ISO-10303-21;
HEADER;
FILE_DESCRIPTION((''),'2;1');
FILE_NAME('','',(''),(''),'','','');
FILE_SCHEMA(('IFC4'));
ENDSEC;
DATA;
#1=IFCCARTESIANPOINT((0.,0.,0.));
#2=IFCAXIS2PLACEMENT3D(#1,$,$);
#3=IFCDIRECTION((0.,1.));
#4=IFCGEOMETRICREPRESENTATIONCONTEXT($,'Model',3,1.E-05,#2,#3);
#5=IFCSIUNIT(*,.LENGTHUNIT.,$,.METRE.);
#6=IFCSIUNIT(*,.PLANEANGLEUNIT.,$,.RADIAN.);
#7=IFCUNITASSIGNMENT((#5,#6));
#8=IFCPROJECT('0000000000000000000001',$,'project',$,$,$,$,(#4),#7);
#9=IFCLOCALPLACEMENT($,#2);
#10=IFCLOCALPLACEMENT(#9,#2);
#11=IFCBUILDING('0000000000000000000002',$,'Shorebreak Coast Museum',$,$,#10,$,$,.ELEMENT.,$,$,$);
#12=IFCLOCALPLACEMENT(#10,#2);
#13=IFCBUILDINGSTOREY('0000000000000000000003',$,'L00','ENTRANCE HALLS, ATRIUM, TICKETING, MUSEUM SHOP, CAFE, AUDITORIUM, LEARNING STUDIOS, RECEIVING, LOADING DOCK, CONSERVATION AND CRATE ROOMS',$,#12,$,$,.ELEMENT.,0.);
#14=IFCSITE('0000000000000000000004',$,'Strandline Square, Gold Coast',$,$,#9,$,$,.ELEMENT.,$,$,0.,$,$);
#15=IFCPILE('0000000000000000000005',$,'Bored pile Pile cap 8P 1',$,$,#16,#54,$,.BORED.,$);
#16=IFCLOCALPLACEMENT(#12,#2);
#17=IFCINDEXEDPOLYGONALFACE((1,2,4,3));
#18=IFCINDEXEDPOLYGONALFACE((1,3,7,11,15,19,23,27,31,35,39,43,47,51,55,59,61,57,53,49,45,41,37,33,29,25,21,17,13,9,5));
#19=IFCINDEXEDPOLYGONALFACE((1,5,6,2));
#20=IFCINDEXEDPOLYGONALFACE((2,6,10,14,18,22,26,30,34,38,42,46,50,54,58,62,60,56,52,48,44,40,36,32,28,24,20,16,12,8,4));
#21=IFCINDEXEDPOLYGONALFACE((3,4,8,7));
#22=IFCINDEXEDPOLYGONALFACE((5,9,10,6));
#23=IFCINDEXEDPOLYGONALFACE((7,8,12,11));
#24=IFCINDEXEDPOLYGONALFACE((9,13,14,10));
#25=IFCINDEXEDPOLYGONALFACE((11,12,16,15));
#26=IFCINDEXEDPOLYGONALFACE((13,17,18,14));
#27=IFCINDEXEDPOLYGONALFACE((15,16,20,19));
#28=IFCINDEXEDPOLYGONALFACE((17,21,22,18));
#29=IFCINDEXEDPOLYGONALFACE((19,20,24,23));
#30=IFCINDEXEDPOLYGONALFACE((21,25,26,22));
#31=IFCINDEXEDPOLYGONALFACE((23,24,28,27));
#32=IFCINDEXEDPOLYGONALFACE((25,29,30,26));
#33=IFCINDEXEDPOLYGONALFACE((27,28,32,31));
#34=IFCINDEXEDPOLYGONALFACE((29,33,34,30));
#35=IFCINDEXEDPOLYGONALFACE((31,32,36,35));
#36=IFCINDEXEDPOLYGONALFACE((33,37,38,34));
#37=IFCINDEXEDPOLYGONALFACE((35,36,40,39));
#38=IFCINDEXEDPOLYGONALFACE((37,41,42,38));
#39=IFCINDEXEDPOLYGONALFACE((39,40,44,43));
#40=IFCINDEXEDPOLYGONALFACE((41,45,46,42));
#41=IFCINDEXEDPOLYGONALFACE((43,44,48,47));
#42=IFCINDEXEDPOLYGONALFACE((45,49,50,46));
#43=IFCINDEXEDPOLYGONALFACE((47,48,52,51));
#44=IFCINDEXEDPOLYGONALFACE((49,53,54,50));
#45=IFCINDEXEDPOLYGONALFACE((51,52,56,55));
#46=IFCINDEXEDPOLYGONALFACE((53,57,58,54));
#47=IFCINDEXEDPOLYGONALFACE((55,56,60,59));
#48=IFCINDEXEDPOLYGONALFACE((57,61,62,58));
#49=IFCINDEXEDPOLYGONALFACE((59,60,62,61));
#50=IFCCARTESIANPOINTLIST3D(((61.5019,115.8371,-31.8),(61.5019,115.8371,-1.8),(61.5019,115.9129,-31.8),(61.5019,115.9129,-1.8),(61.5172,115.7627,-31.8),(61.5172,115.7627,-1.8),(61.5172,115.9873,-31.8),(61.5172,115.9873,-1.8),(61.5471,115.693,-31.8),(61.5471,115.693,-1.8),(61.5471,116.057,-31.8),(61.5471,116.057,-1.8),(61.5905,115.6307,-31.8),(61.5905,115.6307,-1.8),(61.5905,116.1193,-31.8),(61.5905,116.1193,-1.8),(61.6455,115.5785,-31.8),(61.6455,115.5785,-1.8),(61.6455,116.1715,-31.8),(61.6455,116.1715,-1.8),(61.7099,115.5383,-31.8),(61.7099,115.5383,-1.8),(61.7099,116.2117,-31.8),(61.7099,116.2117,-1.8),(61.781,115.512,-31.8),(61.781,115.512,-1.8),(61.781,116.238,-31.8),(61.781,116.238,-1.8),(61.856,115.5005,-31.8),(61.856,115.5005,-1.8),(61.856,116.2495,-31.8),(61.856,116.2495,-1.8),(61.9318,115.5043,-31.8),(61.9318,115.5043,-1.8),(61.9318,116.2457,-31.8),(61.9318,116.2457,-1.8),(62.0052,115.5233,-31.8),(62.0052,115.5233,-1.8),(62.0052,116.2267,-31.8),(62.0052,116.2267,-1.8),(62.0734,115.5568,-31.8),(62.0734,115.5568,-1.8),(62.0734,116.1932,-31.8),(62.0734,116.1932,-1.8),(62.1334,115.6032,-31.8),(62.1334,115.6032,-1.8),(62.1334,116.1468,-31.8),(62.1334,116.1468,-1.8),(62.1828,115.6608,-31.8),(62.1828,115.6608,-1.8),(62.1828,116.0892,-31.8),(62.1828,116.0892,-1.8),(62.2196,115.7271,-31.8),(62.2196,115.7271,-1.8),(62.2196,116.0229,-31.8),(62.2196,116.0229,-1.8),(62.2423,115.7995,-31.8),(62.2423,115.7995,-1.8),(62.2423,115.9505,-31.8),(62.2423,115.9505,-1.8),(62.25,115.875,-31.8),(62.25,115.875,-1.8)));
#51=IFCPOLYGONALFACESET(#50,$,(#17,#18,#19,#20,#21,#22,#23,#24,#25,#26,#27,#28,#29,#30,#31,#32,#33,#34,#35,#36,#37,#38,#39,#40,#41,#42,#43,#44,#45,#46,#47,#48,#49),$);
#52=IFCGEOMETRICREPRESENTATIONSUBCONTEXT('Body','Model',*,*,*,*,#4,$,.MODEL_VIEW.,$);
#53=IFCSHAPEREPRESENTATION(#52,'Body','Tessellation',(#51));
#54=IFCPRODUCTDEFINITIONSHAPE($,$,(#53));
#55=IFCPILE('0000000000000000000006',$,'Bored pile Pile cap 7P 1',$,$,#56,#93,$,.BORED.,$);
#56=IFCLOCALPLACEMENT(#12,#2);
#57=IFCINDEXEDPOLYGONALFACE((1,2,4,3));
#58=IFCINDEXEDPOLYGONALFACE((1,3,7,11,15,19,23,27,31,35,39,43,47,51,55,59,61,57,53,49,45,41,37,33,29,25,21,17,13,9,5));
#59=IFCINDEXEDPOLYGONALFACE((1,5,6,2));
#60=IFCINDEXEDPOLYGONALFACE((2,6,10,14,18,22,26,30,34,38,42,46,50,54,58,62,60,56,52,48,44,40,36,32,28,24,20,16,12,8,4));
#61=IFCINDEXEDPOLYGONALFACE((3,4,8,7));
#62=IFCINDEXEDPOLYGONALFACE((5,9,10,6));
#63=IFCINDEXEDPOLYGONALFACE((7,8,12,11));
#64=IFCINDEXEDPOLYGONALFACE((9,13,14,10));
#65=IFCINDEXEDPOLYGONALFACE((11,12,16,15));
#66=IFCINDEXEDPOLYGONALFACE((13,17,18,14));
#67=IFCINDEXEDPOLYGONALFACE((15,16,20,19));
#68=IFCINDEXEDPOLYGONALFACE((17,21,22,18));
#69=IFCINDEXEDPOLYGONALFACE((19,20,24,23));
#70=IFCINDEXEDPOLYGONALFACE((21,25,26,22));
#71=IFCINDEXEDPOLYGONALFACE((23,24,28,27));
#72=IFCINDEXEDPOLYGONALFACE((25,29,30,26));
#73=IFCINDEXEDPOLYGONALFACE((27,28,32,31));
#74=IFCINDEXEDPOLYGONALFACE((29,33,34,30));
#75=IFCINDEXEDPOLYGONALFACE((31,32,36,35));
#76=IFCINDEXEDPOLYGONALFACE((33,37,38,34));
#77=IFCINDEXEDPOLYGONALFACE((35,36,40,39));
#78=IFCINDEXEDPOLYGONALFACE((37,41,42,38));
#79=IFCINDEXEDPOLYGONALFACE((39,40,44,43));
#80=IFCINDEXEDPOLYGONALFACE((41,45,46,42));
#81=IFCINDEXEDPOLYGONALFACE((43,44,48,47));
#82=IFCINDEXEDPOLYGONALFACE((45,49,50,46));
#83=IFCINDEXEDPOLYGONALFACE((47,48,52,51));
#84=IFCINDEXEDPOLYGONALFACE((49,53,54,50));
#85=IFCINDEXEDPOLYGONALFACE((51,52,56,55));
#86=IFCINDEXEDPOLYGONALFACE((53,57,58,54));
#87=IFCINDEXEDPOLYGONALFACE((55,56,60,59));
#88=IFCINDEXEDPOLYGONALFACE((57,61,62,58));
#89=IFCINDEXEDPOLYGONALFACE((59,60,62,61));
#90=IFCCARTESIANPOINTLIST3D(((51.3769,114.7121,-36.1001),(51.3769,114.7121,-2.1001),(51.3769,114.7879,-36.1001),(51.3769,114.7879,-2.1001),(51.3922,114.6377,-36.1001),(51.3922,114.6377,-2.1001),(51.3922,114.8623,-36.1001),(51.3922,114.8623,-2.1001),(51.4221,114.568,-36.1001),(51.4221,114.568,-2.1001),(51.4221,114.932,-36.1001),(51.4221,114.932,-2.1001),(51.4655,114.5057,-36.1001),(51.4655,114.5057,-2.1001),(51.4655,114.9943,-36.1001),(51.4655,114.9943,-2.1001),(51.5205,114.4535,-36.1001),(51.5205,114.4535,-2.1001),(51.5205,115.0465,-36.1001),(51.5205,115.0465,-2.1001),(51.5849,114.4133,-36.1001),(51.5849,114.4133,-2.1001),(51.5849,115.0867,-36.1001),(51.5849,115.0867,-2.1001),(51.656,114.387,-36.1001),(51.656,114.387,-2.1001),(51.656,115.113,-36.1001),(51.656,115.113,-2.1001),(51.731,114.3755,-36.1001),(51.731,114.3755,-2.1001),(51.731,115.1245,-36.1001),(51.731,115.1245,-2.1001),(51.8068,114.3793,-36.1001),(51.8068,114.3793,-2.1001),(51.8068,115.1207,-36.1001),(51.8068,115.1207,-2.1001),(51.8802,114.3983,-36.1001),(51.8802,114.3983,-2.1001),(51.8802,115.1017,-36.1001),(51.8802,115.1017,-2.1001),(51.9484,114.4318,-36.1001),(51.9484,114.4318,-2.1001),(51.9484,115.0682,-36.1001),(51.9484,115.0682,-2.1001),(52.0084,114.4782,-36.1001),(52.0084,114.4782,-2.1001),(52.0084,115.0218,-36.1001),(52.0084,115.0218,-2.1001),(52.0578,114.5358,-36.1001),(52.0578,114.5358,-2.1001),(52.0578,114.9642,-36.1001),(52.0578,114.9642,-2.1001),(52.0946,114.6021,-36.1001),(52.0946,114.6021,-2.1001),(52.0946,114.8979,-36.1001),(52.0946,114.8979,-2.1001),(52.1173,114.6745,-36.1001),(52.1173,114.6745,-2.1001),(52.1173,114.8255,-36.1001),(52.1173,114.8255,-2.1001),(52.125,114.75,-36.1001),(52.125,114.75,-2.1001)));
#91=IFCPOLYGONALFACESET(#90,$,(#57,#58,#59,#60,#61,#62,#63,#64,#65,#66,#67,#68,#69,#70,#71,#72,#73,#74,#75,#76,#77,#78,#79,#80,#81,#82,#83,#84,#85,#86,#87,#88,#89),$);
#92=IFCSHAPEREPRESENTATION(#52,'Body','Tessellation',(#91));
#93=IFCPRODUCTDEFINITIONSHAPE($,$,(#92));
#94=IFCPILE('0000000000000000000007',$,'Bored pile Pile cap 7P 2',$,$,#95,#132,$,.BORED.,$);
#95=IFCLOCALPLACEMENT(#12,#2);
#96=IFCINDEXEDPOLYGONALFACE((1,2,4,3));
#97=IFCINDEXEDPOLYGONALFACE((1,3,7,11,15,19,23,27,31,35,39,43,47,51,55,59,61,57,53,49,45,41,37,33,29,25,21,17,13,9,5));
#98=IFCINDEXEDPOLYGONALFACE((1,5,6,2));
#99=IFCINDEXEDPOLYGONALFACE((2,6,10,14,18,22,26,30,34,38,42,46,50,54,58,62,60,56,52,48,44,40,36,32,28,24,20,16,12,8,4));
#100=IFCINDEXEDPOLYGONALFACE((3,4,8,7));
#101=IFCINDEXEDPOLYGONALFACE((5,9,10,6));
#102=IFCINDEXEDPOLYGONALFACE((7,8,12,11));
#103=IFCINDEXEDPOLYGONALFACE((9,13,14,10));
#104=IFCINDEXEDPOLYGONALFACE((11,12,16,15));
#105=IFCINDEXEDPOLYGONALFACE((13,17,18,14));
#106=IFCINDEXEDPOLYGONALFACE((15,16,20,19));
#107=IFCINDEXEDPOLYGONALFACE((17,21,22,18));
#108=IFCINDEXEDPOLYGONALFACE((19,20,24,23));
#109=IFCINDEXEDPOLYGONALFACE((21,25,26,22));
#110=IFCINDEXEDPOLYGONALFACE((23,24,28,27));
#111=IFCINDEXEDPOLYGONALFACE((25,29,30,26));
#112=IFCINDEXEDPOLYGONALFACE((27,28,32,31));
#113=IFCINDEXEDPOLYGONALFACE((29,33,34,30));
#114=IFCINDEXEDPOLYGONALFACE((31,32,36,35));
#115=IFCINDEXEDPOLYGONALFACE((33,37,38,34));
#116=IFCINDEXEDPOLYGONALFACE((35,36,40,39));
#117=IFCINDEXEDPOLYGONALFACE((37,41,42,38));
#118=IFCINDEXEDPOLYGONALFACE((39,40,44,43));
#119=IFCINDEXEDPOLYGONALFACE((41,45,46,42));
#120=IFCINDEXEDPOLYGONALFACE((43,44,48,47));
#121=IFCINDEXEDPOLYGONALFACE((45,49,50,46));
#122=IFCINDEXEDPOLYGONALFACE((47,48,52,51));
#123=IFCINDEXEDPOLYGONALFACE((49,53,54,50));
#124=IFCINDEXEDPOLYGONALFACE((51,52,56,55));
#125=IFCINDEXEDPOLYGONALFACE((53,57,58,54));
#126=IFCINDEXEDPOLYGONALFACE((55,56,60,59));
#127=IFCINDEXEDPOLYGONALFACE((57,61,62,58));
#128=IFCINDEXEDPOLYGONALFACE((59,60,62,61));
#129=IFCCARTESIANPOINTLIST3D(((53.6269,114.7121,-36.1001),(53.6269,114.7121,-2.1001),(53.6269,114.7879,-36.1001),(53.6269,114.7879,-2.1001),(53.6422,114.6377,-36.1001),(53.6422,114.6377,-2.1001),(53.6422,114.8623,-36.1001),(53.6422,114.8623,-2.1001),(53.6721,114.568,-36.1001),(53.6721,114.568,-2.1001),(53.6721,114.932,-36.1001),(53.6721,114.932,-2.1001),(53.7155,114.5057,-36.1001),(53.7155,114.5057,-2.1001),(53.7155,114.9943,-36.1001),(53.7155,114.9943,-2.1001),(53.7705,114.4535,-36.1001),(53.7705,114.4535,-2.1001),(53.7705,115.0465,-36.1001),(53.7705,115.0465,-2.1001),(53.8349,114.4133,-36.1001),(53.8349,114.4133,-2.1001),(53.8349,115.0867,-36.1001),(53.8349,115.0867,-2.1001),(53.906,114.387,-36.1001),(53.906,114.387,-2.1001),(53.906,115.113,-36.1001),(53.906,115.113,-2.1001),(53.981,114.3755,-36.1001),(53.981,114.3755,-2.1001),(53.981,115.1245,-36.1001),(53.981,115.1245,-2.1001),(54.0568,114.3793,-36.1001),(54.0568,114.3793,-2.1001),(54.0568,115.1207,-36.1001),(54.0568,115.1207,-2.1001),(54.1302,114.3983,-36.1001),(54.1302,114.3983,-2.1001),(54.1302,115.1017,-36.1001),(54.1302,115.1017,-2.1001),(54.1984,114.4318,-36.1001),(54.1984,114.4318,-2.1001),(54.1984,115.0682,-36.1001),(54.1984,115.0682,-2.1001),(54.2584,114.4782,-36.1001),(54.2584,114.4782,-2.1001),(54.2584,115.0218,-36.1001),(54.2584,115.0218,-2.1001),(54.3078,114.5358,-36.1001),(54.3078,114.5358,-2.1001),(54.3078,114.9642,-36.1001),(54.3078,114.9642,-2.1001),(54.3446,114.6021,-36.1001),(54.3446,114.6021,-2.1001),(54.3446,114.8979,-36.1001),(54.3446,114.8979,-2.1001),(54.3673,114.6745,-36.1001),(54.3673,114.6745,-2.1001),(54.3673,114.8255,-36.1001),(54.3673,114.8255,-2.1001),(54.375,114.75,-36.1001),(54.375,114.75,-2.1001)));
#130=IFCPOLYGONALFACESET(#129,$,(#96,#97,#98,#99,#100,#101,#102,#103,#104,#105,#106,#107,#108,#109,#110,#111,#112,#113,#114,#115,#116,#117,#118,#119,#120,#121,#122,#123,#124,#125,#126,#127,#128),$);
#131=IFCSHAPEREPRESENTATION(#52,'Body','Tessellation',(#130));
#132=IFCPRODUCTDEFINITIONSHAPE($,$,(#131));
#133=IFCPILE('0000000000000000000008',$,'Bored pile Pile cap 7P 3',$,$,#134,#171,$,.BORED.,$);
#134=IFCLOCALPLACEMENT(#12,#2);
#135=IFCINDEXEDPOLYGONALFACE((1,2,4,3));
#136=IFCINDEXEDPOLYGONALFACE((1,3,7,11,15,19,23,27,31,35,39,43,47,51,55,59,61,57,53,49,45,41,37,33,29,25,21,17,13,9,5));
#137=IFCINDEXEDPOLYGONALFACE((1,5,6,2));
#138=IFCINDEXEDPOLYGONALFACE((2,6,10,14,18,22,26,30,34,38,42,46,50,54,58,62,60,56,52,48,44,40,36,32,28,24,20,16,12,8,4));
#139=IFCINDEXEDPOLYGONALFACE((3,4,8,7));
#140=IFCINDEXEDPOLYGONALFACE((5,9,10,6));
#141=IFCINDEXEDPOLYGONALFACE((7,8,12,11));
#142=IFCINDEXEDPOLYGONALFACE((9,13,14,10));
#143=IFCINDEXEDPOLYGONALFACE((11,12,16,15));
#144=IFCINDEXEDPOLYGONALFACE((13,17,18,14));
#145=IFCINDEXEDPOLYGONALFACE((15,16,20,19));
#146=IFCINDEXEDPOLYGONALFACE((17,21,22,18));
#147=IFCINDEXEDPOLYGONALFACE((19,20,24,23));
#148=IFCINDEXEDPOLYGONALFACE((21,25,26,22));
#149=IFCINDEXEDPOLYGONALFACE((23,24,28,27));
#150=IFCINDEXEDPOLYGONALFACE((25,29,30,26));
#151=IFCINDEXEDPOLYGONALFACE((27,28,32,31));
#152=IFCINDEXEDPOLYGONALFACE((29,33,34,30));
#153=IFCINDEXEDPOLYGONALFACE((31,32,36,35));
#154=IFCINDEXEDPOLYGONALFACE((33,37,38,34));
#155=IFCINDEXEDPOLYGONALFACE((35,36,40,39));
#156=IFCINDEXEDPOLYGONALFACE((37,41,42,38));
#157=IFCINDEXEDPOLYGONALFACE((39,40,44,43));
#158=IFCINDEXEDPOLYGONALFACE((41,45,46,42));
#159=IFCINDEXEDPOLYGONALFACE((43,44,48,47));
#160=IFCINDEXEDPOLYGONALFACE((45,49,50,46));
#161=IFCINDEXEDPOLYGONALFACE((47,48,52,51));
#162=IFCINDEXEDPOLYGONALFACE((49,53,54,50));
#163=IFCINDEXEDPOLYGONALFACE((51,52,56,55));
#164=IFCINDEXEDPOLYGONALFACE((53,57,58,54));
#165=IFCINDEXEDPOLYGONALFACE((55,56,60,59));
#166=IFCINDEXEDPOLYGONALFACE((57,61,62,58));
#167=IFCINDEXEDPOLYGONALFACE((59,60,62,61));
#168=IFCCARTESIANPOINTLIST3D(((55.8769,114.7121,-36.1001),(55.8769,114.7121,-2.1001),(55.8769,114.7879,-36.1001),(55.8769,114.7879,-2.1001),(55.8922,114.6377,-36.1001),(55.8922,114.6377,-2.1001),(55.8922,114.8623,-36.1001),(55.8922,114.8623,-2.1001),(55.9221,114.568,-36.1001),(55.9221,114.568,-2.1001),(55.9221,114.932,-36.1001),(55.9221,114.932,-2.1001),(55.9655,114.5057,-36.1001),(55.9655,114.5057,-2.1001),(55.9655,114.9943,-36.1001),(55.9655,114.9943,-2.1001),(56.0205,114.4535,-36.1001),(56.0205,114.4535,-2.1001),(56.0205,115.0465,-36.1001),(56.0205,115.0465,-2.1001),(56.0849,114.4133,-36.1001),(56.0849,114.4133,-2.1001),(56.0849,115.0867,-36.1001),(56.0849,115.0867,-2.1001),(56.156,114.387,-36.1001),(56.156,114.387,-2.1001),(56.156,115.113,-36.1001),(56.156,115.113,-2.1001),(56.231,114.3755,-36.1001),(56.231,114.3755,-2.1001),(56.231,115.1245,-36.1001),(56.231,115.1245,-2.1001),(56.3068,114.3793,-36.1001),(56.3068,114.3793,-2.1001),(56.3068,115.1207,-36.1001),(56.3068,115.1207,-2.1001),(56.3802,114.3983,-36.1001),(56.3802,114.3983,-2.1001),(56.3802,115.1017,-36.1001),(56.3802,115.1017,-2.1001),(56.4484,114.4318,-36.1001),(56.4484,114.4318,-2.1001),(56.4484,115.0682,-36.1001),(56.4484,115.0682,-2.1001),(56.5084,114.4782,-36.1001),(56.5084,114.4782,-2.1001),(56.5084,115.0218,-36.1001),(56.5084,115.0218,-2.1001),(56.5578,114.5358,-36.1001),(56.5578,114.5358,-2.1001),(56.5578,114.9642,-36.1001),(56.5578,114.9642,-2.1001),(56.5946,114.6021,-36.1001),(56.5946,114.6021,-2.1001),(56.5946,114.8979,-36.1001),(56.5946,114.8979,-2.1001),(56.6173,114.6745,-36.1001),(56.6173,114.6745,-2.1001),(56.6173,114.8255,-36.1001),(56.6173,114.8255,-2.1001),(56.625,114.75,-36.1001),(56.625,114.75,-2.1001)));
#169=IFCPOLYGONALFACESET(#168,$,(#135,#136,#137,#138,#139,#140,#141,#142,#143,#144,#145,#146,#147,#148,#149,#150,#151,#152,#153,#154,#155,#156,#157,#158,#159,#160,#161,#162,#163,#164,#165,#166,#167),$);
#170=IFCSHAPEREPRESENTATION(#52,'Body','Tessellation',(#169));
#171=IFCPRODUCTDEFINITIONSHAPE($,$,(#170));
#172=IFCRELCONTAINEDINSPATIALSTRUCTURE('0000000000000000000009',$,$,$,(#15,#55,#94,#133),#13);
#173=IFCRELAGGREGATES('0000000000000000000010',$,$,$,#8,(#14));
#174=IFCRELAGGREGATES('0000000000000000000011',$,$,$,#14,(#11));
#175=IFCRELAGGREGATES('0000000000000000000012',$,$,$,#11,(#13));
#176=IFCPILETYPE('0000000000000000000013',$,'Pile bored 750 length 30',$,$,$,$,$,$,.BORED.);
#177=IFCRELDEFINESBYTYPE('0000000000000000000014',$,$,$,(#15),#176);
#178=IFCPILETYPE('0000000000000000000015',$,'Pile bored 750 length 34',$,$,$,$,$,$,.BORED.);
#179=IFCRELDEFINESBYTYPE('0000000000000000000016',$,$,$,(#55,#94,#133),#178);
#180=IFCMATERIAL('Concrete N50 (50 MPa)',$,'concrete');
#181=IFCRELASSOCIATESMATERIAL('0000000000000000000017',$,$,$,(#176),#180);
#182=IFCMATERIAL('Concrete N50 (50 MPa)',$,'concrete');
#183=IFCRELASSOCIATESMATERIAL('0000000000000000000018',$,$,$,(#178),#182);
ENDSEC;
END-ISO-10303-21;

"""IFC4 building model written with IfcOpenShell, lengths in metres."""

from ifc_helpers import new_model, si_unit, direction, frame, origin, origin_2d, place, context, subcontext, project, spatial, circle, extrude, material, material_profile, profile_set, type_object, element, save


model = new_model("IFC4")

# Units and contexts
model_context = context("Model", 3, precision=1e-05, world=origin(), true_north=direction((0.0, 1.0)))
body_context = subcontext(model_context, "Body", "Model", "MODEL_VIEW")
ifc_project = project(units=[si_unit("LENGTHUNIT", "METRE"), si_unit("PLANEANGLEUNIT", "RADIAN")], contexts=[model_context])

# Site, building, storey
site_placement = place(None, origin())
site = spatial("IfcSite", under=ifc_project, at=site_placement, Name="Strandline Square, Gold Coast", CompositionType="ELEMENT", RefElevation=0.0)
building_placement = place(site_placement, origin())
building = spatial("IfcBuilding", under=site, at=building_placement, Name="Shorebreak Coast Museum", CompositionType="ELEMENT")
storey_placement = place(building_placement, origin())
storey = spatial("IfcBuildingStorey", under=building, at=storey_placement, Name="L00", Description="ENTRANCE HALLS, ATRIUM, TICKETING, MUSEUM SHOP, CAFE, AUDITORIUM, LEARNING STUDIOS, RECEIVING, LOADING DOCK, CONSERVATION AND CRATE ROOMS", CompositionType="ELEMENT", Elevation=0.0)

# Piles
ifc_material_1 = material(Name="Concrete N50 (50 MPa)", Category="concrete")
ifc_material_profile_1 = material_profile(ifc_material_1, circle(Radius=0.375, at=origin_2d()), Name="Pile bored 750 length 30")
ifc_profile_set_1 = profile_set([ifc_material_profile_1], Name="Concrete N50 (50 MPa)")
pile_type_1 = type_object("IfcPileType", Name="Pile bored 750 length 30", PredefinedType="BORED", material=ifc_profile_set_1)
for number, where, z_axis, x_axis, name in (
    (1, (61.875, 115.875, -1.8), (0.0, 0.0, -1.0), (1.0, 0.0, 0.0), "Bored pile Pile cap 8P 1"),
):
    element("IfcPile", number, at=place(storey_placement, frame(where, z_axis=z_axis, x_axis=x_axis)), inside=storey, type_object=pile_type_1, Name=name, PredefinedType="BORED", context=body_context, shape_type="SweptSolid", body=[
        extrude(circle(Radius=0.375, at=origin_2d()), origin(), (0.0, 0.0, 1.0), 30.0),
    ])
ifc_material_2 = material(Name="Concrete N50 (50 MPa)", Category="concrete")
ifc_material_profile_2 = material_profile(ifc_material_2, circle(Radius=0.375, at=origin_2d()), Name="Pile bored 750 length 34")
ifc_profile_set_2 = profile_set([ifc_material_profile_2], Name="Concrete N50 (50 MPa)")
pile_type_2 = type_object("IfcPileType", Name="Pile bored 750 length 34", PredefinedType="BORED", material=ifc_profile_set_2)
for number, where, z_axis, x_axis, name in (
    (2, (51.75, 114.75, -2.1001), (0.0, 0.0, -1.0), (1.0, 0.0, 0.0), "Bored pile Pile cap 7P 1"),
    (3, (54.0, 114.75, -2.1001), (0.0, 0.0, -1.0), (1.0, 0.0, 0.0), "Bored pile Pile cap 7P 2"),
    (4, (56.25, 114.75, -2.1001), (0.0, 0.0, -1.0), (1.0, 0.0, 0.0), "Bored pile Pile cap 7P 3"),
):
    element("IfcPile", number, at=place(storey_placement, frame(where, z_axis=z_axis, x_axis=x_axis)), inside=storey, type_object=pile_type_2, Name=name, PredefinedType="BORED", context=body_context, shape_type="SweptSolid", body=[
        extrude(circle(Radius=0.375, at=origin_2d()), origin(), (0.0, 0.0, 1.0), 34.0),
    ])

save(model, "model.ifc")
